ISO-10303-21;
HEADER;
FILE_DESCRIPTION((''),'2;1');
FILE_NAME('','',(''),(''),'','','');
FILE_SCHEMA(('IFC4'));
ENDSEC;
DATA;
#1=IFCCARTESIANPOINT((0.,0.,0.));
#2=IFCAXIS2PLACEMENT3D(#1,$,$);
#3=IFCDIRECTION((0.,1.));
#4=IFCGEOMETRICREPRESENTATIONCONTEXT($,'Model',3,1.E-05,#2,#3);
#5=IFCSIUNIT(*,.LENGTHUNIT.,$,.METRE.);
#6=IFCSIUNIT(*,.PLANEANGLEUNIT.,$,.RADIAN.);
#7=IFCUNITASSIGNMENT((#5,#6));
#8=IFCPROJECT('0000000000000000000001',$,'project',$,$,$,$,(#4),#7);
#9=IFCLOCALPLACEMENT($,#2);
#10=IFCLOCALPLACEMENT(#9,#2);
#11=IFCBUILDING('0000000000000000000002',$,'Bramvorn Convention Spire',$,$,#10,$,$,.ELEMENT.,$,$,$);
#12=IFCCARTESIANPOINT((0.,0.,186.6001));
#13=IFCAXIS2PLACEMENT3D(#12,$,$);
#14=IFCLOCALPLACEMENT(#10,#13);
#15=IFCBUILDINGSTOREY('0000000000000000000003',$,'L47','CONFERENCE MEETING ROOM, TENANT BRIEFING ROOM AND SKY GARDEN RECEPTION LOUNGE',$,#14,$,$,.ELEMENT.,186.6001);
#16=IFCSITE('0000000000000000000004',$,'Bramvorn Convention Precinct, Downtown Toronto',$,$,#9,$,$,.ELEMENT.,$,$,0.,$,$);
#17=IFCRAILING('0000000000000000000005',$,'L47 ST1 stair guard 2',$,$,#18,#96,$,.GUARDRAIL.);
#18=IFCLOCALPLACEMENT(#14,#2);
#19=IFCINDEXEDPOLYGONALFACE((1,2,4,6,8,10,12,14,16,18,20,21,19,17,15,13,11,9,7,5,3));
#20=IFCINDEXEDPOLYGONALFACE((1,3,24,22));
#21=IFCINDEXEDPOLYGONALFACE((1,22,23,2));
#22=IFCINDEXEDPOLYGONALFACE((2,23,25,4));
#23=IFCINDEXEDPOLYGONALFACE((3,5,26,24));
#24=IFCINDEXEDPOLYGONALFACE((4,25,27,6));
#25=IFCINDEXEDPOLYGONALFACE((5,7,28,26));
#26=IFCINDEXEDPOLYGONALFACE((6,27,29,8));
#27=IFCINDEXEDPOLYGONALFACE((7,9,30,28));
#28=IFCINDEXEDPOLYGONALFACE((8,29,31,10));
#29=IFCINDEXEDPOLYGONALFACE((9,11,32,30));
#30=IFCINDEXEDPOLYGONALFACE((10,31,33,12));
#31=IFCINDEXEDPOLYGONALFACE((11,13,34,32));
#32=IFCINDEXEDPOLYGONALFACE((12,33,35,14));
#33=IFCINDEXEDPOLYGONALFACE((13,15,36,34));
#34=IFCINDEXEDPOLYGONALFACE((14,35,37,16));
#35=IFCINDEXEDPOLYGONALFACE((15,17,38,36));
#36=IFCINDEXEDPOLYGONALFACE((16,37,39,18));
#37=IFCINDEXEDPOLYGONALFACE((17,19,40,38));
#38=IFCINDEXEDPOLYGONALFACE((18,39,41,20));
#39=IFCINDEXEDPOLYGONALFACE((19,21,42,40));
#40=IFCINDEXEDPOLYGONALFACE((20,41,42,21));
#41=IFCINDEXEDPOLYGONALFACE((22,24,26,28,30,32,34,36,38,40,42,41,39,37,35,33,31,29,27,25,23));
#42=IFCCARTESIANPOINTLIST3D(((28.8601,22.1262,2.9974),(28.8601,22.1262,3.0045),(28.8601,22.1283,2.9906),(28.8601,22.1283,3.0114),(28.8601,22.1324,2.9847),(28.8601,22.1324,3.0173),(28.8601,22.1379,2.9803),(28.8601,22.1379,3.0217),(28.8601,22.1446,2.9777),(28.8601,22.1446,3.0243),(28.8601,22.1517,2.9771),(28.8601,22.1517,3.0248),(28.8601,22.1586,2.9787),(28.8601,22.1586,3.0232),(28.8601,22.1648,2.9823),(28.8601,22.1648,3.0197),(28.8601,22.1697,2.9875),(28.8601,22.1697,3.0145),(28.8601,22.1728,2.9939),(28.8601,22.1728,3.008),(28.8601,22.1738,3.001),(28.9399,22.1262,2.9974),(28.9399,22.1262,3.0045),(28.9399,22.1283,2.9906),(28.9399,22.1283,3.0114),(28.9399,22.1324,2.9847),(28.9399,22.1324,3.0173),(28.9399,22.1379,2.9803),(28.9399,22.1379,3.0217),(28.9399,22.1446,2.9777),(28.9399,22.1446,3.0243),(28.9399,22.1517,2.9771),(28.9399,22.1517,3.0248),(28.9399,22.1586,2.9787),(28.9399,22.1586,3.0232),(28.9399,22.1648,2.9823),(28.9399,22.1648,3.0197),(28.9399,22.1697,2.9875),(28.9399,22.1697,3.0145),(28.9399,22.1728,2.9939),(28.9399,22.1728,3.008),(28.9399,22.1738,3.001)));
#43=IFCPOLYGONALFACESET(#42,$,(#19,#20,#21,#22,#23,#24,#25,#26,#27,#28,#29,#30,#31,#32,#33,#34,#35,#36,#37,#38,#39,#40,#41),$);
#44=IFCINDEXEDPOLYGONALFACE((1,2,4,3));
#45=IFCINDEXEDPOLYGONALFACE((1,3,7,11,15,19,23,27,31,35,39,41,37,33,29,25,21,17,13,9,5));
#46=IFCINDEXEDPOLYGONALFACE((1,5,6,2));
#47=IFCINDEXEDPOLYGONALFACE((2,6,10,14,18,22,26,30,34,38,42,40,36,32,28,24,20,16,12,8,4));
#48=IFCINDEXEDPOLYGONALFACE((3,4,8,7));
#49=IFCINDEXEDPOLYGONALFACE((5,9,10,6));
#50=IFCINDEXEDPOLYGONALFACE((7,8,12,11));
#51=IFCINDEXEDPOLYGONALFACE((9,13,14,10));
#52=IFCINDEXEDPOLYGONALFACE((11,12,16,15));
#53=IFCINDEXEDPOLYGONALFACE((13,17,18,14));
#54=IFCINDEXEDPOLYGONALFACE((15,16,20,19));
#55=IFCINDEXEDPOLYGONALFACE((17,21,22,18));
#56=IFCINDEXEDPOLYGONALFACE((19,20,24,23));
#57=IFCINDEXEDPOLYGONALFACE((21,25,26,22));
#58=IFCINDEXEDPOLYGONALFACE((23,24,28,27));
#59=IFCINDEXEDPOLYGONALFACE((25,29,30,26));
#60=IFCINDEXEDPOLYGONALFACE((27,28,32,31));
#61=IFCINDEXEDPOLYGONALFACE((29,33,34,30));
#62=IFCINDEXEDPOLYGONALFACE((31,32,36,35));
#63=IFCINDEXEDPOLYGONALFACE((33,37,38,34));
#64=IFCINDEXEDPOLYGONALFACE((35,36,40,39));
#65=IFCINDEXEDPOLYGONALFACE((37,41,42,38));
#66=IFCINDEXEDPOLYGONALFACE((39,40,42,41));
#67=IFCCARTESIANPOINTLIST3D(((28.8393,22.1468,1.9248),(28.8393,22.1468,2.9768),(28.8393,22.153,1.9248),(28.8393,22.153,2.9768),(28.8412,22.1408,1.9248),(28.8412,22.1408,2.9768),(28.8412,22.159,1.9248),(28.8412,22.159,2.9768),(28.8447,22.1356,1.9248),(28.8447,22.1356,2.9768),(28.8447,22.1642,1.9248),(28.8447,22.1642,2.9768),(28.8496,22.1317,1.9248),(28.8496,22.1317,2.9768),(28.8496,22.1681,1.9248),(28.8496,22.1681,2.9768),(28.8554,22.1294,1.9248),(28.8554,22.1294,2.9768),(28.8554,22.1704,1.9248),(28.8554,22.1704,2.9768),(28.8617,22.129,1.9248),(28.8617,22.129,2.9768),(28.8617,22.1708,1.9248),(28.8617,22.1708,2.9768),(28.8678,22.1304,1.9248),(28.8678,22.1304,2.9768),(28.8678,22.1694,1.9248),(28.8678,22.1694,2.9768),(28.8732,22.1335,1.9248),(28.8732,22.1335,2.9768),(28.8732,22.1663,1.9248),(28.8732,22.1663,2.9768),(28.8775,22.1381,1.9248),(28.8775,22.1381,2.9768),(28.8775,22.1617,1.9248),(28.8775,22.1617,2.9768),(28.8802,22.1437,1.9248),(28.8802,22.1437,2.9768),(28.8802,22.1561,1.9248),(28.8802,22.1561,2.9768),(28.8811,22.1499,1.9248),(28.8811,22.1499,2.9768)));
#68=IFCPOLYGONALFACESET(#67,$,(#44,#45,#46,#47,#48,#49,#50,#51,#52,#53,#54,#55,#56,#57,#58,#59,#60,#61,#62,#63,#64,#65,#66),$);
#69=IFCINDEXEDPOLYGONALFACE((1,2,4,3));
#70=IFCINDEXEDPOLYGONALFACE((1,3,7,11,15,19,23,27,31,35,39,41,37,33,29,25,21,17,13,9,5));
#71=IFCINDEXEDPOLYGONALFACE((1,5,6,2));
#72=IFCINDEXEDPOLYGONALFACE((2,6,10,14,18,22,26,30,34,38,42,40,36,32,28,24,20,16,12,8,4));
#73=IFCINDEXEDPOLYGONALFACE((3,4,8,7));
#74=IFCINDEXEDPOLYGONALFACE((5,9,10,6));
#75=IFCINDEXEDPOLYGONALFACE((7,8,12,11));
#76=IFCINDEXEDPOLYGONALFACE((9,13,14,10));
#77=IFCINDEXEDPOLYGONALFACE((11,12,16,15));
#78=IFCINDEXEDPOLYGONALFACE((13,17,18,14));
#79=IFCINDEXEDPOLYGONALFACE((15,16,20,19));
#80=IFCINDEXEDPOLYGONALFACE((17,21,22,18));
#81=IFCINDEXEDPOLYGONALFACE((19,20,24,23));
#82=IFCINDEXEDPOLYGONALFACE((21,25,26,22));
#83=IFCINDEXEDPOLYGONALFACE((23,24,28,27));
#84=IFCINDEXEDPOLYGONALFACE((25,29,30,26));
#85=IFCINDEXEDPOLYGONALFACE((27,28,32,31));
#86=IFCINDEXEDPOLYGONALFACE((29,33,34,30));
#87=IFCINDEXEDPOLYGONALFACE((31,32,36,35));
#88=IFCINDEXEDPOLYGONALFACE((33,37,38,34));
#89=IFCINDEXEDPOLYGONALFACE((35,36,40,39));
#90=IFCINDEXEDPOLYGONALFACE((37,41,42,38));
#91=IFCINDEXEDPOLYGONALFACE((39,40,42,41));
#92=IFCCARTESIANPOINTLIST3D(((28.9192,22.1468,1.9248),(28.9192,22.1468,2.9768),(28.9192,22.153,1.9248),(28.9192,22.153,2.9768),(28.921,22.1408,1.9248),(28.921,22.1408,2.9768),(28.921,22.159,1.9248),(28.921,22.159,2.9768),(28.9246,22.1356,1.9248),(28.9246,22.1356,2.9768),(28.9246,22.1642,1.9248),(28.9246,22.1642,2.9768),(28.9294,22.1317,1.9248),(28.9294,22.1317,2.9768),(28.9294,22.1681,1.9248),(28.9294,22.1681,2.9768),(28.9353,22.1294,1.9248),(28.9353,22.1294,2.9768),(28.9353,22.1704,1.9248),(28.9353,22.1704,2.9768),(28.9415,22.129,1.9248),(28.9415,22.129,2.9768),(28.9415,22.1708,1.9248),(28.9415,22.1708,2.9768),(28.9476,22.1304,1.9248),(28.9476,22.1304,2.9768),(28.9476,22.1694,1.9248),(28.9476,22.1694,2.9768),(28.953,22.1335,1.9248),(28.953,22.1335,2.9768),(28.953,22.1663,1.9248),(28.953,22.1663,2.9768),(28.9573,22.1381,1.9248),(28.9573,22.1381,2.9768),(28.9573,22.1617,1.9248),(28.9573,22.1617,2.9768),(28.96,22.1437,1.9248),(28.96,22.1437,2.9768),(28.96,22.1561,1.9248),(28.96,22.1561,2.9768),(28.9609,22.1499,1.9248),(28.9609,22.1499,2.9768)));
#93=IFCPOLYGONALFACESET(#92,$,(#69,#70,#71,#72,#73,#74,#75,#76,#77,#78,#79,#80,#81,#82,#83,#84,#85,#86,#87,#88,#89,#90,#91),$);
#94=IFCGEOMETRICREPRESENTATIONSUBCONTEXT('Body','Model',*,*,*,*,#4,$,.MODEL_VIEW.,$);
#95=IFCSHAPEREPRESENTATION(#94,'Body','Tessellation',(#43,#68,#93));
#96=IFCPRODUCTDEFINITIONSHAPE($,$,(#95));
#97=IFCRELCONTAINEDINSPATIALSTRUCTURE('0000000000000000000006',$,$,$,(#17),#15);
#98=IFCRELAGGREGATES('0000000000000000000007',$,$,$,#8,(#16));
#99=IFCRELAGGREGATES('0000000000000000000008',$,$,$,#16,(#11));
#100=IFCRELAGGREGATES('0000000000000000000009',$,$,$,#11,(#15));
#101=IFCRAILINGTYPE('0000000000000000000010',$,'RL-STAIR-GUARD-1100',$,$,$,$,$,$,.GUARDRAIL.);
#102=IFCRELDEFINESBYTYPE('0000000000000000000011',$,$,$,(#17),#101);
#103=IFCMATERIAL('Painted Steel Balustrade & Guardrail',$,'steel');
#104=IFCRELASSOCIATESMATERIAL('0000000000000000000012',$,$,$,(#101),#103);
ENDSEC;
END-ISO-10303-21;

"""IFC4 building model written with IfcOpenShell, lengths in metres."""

from ifc_helpers import new_model, si_unit, direction, frame, origin, origin_2d, place, context, subcontext, project, spatial, circle, extrude, material, type_object, element, save


model = new_model("IFC4")

# Units and contexts
model_context = context("Model", 3, precision=1e-05, world=origin(), true_north=direction((0.0, 1.0)))
body_context = subcontext(model_context, "Body", "Model", "MODEL_VIEW")
ifc_project = project(units=[si_unit("LENGTHUNIT", "METRE"), si_unit("PLANEANGLEUNIT", "RADIAN")], contexts=[model_context])

# Site, building, storey
site_placement = place(None, origin())
site = spatial("IfcSite", under=ifc_project, at=site_placement, Name="Bramvorn Convention Precinct, Downtown Toronto", CompositionType="ELEMENT", RefElevation=0.0)
building_placement = place(site_placement, origin())
building = spatial("IfcBuilding", under=site, at=building_placement, Name="Bramvorn Convention Spire", CompositionType="ELEMENT")
storey_placement = place(building_placement, frame((0.0, 0.0, 186.6001)))
storey = spatial("IfcBuildingStorey", under=building, at=storey_placement, Name="L47", Description="CONFERENCE MEETING ROOM, TENANT BRIEFING ROOM AND SKY GARDEN RECEPTION LOUNGE", CompositionType="ELEMENT", Elevation=186.6001)

# Railing
ifc_material_1 = material(Name="Painted Steel Balustrade & Guardrail", Category="steel")
railing_type = type_object("IfcRailingType", Name="RL-STAIR-GUARD-1100", PredefinedType="GUARDRAIL", material=ifc_material_1)
railing_1_placement = place(storey_placement, frame((28.8601, 22.1499, 1.9248)))
element("IfcRailing", 1, at=railing_1_placement, inside=storey, type_object=railing_type, Name="L47 ST1 stair guard 2", PredefinedType="GUARDRAIL", context=body_context, shape_type="SweptSolid", body=[
    extrude(circle(Radius=0.0239, at=origin_2d()), frame((0.0, 0.0, 1.0762), z_axis=(1.0, 0.0, 0.0), x_axis=(0.0, 1.0, 0.0)), (0.0, 0.0, 1.0), 0.0798),
    extrude(circle(Radius=0.021, at=origin_2d()), origin(), (0.0, 0.0, 1.0), 1.052),
    extrude(circle(Radius=0.021, at=origin_2d()), frame((0.0798, 0.0, 0.0)), (0.0, 0.0, 1.0), 1.052),
])

save(model, "model.ifc")
